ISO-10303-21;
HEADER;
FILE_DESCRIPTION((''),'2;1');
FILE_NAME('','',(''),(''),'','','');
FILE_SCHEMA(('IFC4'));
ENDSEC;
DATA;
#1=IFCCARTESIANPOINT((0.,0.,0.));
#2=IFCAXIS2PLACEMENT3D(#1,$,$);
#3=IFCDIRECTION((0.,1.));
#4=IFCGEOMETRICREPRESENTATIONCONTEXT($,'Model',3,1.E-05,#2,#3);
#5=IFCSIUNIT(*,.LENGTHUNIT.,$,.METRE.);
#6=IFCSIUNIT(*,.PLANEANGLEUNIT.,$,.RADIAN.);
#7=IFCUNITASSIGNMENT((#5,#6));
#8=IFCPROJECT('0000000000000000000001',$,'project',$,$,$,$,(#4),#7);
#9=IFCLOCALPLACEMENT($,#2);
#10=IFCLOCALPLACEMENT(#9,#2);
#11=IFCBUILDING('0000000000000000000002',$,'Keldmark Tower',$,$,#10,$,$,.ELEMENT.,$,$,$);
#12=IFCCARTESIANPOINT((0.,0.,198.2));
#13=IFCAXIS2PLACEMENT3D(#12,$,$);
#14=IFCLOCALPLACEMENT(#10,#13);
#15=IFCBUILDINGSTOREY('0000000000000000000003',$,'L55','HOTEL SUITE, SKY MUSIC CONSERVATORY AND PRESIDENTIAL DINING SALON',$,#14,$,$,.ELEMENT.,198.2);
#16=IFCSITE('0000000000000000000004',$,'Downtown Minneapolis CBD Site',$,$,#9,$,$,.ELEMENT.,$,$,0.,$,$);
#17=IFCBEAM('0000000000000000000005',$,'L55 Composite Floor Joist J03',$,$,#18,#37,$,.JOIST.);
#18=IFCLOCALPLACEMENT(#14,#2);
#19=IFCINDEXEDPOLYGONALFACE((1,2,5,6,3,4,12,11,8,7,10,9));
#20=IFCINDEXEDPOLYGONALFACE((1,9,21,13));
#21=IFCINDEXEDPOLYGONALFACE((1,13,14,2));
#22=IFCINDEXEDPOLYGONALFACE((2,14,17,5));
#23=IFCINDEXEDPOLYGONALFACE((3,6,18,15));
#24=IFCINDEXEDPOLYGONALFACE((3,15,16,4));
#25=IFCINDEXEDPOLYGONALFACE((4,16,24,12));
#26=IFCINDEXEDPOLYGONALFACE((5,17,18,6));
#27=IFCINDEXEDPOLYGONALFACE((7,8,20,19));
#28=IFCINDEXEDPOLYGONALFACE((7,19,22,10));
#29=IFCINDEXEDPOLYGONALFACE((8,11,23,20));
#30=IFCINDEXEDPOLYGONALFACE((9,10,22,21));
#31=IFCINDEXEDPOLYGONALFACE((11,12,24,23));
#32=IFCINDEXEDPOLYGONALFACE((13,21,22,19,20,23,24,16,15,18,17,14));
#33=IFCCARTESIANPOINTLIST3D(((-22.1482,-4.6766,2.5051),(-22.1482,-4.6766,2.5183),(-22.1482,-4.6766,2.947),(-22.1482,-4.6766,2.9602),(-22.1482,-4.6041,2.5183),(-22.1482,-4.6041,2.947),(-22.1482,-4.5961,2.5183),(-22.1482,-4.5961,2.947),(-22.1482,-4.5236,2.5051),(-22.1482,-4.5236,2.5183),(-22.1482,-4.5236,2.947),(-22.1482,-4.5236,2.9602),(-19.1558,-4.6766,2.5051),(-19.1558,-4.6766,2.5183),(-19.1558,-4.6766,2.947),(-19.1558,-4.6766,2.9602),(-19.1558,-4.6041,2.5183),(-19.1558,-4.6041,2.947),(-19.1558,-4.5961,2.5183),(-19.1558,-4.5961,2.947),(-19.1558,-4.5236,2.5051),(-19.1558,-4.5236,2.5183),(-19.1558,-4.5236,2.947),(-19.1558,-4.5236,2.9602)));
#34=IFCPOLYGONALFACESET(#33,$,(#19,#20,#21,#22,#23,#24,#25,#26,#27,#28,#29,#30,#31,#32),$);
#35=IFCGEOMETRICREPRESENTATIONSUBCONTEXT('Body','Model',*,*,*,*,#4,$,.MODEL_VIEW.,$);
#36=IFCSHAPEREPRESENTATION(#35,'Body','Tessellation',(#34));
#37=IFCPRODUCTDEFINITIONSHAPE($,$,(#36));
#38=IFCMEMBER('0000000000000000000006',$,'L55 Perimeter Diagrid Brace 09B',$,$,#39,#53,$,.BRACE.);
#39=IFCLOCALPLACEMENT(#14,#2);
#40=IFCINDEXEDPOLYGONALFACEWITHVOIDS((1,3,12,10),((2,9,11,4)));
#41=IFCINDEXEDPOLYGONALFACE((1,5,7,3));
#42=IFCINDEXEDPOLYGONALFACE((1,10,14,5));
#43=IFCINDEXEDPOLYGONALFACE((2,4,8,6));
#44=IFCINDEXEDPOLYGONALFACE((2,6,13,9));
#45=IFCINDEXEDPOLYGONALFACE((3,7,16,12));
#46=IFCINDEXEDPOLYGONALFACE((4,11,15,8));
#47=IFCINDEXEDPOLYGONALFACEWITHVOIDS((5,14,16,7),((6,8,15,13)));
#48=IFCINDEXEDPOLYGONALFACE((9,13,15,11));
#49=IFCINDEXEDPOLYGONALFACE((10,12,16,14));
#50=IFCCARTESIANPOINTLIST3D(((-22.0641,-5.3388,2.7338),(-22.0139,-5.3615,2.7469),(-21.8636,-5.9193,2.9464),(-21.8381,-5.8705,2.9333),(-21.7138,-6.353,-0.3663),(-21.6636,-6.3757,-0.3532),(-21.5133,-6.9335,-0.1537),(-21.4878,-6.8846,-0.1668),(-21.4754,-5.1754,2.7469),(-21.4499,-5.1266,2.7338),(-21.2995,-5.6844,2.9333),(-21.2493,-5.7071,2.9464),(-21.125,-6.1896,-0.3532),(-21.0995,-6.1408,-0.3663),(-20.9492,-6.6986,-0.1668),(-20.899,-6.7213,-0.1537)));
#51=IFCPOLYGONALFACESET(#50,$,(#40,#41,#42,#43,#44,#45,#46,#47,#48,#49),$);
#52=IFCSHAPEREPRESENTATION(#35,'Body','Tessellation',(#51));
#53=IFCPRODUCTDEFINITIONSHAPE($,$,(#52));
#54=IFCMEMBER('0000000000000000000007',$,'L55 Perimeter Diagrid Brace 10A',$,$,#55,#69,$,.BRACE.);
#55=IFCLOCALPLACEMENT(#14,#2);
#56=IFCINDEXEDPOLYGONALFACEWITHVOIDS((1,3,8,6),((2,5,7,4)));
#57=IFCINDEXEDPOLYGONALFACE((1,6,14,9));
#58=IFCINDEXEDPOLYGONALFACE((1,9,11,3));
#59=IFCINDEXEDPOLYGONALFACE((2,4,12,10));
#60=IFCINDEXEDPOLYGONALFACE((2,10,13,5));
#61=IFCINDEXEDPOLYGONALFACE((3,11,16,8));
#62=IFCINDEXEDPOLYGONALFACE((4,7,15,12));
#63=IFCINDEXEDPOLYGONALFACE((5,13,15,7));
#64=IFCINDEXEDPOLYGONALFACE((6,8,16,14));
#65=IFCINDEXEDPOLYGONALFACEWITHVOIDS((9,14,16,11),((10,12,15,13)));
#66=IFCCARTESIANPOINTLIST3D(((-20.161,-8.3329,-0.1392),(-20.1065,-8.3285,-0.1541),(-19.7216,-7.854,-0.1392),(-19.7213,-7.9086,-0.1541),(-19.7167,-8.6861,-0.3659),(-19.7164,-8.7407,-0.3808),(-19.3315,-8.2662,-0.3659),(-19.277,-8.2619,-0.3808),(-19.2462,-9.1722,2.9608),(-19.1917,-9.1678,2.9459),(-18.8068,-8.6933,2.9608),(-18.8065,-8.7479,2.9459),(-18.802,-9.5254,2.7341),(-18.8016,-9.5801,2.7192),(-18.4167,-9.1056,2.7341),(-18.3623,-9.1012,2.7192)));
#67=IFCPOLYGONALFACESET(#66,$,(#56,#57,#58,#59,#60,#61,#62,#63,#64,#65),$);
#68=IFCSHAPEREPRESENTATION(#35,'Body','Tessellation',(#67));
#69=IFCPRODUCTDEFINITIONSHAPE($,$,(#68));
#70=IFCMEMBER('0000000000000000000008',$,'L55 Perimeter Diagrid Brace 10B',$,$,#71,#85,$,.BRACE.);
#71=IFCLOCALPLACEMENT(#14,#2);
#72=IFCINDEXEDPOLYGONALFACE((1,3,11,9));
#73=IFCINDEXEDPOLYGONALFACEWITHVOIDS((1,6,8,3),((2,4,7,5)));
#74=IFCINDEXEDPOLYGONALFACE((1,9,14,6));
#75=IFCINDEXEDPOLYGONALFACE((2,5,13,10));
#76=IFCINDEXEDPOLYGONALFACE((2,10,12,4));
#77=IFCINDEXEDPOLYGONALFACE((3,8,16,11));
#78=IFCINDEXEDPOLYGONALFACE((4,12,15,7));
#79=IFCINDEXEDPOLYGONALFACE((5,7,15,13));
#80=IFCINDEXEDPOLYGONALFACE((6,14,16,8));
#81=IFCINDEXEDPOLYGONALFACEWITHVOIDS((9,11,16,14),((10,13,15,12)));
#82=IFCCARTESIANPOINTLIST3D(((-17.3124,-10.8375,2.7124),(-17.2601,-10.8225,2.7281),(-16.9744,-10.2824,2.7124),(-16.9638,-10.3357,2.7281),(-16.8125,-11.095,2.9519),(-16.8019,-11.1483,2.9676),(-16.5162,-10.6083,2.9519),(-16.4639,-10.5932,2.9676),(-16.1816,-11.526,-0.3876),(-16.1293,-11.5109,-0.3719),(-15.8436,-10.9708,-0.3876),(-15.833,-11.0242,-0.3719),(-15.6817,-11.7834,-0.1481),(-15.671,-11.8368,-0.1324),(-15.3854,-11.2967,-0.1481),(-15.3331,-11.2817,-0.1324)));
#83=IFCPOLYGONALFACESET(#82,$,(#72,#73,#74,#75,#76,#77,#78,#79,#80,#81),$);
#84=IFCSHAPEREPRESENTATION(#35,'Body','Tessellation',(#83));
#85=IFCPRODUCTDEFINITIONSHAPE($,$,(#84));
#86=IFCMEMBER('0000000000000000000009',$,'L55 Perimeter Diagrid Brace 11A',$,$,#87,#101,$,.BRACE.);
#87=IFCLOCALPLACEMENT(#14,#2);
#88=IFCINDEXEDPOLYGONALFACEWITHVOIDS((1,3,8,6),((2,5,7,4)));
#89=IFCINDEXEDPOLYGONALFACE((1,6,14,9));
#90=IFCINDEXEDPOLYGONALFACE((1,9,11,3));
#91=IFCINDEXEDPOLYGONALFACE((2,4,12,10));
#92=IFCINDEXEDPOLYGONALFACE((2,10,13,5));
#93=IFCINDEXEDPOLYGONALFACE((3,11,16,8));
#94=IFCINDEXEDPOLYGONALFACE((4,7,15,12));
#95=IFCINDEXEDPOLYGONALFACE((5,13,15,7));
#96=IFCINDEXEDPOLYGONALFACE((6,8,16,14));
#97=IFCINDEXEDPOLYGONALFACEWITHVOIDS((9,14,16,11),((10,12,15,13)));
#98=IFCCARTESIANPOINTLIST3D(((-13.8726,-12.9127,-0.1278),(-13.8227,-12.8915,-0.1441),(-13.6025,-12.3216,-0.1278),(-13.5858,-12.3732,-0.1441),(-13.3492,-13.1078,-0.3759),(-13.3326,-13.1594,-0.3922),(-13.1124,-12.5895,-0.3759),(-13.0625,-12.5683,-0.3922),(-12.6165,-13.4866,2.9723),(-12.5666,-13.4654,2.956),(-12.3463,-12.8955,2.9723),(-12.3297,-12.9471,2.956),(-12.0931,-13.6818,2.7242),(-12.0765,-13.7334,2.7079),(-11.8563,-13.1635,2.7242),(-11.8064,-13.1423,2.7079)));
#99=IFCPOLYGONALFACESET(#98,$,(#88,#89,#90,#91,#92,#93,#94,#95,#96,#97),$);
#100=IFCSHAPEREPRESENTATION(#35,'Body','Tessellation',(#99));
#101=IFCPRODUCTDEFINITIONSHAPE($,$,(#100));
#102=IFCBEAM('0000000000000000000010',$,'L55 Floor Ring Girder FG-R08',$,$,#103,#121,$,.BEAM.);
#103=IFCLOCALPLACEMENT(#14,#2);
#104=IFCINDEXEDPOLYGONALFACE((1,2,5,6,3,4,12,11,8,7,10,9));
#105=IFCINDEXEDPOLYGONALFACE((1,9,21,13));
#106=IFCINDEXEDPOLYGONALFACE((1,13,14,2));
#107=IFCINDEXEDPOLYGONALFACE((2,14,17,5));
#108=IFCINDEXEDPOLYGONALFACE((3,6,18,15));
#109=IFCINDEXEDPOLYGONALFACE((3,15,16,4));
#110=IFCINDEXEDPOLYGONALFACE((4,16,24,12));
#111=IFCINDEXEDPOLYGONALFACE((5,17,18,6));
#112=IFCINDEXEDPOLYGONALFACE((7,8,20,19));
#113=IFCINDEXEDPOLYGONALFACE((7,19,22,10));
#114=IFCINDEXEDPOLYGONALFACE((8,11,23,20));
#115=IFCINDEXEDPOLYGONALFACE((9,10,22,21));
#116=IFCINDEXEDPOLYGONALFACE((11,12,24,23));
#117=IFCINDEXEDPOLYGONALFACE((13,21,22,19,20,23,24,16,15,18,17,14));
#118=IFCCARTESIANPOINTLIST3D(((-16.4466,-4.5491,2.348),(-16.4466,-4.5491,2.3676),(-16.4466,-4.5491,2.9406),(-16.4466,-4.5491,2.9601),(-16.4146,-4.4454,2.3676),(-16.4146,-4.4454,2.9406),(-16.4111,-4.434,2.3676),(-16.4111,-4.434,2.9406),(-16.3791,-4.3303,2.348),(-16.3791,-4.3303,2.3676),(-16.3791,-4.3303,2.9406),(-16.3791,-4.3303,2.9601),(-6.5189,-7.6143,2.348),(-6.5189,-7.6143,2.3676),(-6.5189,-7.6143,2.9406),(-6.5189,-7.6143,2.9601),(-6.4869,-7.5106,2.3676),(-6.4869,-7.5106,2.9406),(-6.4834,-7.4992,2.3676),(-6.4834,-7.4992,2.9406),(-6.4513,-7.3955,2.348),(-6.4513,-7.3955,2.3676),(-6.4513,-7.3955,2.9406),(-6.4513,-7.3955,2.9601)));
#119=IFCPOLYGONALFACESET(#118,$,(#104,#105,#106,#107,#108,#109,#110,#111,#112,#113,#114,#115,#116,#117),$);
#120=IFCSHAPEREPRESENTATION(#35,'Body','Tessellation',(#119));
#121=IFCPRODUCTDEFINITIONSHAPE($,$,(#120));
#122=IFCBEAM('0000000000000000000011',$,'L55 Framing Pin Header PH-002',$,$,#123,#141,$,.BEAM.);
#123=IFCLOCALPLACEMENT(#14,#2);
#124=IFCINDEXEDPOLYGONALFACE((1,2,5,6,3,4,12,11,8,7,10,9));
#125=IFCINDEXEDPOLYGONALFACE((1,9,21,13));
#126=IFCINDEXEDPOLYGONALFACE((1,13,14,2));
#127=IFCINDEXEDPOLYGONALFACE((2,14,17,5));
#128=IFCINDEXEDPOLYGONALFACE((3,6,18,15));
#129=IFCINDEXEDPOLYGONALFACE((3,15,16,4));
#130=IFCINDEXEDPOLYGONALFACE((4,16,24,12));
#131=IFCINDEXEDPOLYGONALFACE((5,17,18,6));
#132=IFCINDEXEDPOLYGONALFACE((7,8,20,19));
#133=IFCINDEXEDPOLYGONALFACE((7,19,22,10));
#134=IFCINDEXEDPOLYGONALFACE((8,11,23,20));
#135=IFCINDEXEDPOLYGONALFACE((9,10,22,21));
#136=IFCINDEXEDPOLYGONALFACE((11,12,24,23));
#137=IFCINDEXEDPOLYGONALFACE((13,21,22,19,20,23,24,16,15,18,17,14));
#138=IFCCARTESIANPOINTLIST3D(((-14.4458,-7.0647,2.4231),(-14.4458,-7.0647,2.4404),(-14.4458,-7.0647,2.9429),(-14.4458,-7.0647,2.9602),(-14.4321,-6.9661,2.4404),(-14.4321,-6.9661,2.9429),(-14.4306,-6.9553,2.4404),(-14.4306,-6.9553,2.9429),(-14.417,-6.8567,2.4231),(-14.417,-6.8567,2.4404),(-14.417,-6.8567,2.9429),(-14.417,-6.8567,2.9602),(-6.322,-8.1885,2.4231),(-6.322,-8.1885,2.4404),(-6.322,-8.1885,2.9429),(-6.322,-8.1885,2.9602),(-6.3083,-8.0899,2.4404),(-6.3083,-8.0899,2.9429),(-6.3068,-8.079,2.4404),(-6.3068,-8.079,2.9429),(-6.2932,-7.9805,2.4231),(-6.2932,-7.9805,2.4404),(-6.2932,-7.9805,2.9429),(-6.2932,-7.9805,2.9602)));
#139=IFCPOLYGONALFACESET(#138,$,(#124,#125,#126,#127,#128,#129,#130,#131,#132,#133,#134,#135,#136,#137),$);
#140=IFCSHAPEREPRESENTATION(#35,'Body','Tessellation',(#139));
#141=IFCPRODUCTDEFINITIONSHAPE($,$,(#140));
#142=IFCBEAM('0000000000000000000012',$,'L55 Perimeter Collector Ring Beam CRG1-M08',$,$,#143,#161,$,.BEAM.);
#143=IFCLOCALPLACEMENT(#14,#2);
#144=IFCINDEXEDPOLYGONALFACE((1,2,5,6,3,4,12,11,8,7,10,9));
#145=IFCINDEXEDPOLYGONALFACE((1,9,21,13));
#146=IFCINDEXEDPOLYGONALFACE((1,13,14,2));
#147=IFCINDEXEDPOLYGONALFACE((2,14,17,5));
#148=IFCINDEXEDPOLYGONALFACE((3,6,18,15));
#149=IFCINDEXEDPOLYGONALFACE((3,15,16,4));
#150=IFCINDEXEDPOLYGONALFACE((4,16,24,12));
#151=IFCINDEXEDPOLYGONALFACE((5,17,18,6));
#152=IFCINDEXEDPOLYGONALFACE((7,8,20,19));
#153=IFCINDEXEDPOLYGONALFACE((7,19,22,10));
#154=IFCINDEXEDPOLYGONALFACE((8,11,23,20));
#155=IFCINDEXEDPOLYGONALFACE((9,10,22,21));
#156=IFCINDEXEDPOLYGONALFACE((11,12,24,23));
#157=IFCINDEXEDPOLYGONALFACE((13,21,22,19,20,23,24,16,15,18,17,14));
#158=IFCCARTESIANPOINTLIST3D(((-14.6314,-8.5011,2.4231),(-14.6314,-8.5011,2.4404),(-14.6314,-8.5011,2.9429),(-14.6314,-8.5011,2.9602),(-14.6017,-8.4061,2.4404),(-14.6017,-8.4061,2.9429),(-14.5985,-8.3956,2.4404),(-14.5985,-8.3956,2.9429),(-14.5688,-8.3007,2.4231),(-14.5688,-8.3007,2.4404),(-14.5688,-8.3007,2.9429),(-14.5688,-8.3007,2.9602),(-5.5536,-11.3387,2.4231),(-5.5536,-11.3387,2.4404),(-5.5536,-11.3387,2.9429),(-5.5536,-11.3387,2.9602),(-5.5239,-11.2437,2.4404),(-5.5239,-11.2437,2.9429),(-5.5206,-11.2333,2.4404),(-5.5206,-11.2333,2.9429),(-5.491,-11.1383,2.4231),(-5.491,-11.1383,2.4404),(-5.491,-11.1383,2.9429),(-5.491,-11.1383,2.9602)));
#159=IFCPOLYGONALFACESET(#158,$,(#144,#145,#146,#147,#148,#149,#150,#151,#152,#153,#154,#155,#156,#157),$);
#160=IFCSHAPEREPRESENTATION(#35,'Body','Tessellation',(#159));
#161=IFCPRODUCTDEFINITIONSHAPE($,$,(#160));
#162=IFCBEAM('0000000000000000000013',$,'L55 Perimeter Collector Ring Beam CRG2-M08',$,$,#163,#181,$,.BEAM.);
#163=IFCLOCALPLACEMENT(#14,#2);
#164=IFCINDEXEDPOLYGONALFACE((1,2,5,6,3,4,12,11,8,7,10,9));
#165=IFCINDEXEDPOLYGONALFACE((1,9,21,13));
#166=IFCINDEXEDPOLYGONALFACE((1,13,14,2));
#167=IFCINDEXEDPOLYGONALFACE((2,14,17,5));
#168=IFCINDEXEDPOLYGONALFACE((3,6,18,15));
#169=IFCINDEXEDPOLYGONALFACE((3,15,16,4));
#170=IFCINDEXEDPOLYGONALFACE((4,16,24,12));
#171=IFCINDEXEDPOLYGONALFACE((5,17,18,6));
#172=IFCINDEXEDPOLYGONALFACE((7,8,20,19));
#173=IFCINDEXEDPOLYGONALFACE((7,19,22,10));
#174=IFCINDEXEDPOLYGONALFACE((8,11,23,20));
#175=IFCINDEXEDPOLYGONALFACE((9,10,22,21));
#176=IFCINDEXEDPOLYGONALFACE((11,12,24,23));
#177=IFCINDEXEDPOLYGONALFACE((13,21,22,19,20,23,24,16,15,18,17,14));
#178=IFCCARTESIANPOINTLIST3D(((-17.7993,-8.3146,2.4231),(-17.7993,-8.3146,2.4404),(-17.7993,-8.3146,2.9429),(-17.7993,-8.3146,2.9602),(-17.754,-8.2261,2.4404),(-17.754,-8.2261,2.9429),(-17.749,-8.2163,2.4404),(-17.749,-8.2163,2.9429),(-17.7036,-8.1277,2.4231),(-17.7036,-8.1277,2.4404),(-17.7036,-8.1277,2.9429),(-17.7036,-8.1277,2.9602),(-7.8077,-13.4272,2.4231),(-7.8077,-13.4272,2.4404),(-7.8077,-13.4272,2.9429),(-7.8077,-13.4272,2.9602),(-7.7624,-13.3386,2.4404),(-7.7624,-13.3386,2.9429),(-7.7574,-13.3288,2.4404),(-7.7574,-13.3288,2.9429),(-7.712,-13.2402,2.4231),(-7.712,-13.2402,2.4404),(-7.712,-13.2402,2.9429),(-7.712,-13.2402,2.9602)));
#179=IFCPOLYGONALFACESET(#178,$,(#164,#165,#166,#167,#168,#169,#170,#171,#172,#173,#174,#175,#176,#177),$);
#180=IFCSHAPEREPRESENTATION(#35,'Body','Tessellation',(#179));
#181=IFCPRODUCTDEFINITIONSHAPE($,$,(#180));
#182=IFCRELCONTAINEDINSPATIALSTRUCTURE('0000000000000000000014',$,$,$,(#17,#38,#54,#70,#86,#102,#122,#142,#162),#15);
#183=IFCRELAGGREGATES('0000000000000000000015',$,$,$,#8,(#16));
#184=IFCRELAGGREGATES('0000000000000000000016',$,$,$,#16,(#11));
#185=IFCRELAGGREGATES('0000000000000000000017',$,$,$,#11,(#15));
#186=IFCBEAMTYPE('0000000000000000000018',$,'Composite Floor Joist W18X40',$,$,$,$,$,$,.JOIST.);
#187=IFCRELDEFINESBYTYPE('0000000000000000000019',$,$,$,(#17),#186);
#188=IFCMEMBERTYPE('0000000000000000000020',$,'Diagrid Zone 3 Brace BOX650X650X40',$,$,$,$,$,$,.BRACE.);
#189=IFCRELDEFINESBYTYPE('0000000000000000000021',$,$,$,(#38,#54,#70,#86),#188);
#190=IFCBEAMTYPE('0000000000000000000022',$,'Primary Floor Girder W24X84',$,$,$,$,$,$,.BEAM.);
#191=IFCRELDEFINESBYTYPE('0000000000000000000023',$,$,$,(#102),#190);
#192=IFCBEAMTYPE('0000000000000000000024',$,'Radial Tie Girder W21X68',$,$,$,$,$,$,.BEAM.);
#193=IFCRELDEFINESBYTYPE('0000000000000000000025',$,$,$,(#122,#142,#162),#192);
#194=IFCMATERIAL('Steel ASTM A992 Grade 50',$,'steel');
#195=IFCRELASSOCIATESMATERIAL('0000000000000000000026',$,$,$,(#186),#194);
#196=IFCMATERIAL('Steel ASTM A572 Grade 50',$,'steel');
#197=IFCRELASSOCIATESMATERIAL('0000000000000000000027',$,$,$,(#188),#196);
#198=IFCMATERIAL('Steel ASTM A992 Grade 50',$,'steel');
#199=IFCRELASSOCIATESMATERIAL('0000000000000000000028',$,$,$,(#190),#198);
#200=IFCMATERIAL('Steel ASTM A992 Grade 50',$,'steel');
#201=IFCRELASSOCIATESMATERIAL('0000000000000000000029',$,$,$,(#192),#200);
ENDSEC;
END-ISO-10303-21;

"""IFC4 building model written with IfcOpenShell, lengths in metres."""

from ifc_helpers import new_model, si_unit, direction, frame, origin, origin_2d, place, context, subcontext, project, spatial, hollow_rectangle, i_section, extrude, material, material_profile, profile_set, type_object, element, save


model = new_model("IFC4")

# Units and contexts
model_context = context("Model", 3, precision=1e-05, world=origin(), true_north=direction((0.0, 1.0)))
body_context = subcontext(model_context, "Body", "Model", "MODEL_VIEW")
ifc_project = project(units=[si_unit("LENGTHUNIT", "METRE"), si_unit("PLANEANGLEUNIT", "RADIAN")], contexts=[model_context])

# Site, building, storey
site_placement = place(None, origin())
site = spatial("IfcSite", under=ifc_project, at=site_placement, Name="Downtown Minneapolis CBD Site", CompositionType="ELEMENT", RefElevation=0.0)
building_placement = place(site_placement, origin())
building = spatial("IfcBuilding", under=site, at=building_placement, Name="Keldmark Tower", CompositionType="ELEMENT")
storey_placement = place(building_placement, frame((0.0, 0.0, 198.2)))
storey = spatial("IfcBuildingStorey", under=building, at=storey_placement, Name="L55", Description="HOTEL SUITE, SKY MUSIC CONSERVATORY AND PRESIDENTIAL DINING SALON", CompositionType="ELEMENT", Elevation=198.2)

# Beam
ifc_material_1 = material(Name="Steel ASTM A992 Grade 50", Category="steel")
ifc_material_profile_1 = material_profile(ifc_material_1, i_section(OverallWidth=0.1531, OverallDepth=0.4551, WebThickness=0.0081, FlangeThickness=0.0132, at=origin_2d()), Name="W18X40")
ifc_profile_set_1 = profile_set([ifc_material_profile_1], Name="Steel ASTM A992 Grade 50")
beam_type_1 = type_object("IfcBeamType", Name="Composite Floor Joist W18X40", PredefinedType="JOIST", material=ifc_profile_set_1)
beam_1_placement = place(storey_placement, frame((-22.1482, -4.6001, 2.7327), z_axis=(1.0, 0.0, 0.0), x_axis=(0.0, 1.0, 0.0)))
element("IfcBeam", 1, at=beam_1_placement, inside=storey, type_object=beam_type_1, Name="L55 Composite Floor Joist J03", PredefinedType="JOIST", context=body_context, shape_type="SweptSolid", body=[
    extrude(i_section(OverallWidth=0.1531, OverallDepth=0.4551, WebThickness=0.0081, FlangeThickness=0.0132, at=origin_2d()), origin(), (0.0, 0.0, 1.0), 2.9924),
])

# Members
ifc_material_2 = material(Name="Steel ASTM A572 Grade 50", Category="steel")
ifc_material_profile_2 = material_profile(ifc_material_2, hollow_rectangle(XDim=0.6499, YDim=0.6499, WallThickness=0.04, at=origin_2d()), Name="BOX650X650X40")
ifc_profile_set_2 = profile_set([ifc_material_profile_2], Name="Steel ASTM A572 Grade 50")
member_type = type_object("IfcMemberType", Name="Diagrid Zone 3 Brace BOX650X650X40", PredefinedType="BRACE", material=ifc_profile_set_2)
member_1_placement = place(storey_placement, frame((-21.3064, -6.5371, -0.26), z_axis=(-0.106794, 0.309145, 0.945), x_axis=(-0.945191, -0.326517, 0.0)))
element("IfcMember", 2, at=member_1_placement, inside=storey, type_object=member_type, Name="L55 Perimeter Diagrid Brace 09B", PredefinedType="BRACE", context=body_context, shape_type="SweptSolid", body=[
    extrude(hollow_rectangle(XDim=0.6499, YDim=0.6499, WallThickness=0.04, at=origin_2d()), origin(), (0.0, 0.0, 1.0), 3.2805),
])
member_2_placement = place(storey_placement, frame((-19.719, -8.2974, -0.26), z_axis=(0.273935, -0.251345, 0.928324), x_axis=(0.676072, 0.736836, 0.0)))
element("IfcMember", 3, at=member_2_placement, inside=storey, type_object=member_type, Name="L55 Perimeter Diagrid Brace 10A", PredefinedType="BRACE", context=body_context, shape_type="SweptSolid", body=[
    extrude(hollow_rectangle(XDim=0.6499, YDim=0.6499, WallThickness=0.04, at=origin_2d()), origin(), (0.0, 0.0, 1.0), 3.3394),
])
member_3_placement = place(storey_placement, frame((-15.7573, -11.4038, -0.26), z_axis=(-0.33547, 0.204237, 0.919645), x_axis=(-0.520017, -0.854156, 0.0)))
element("IfcMember", 4, at=member_3_placement, inside=storey, type_object=member_type, Name="L55 Perimeter Diagrid Brace 10B", PredefinedType="BRACE", context=body_context, shape_type="SweptSolid", body=[
    extrude(hollow_rectangle(XDim=0.6499, YDim=0.6499, WallThickness=0.04, at=origin_2d()), origin(), (0.0, 0.0, 1.0), 3.3708),
])
member_4_placement = place(storey_placement, frame((-13.4675, -12.7405, -0.26), z_axis=(0.370118, -0.169125, 0.91346), x_axis=(0.415614, 0.909541, 0.0)))
element("IfcMember", 5, at=member_4_placement, inside=storey, type_object=member_type, Name="L55 Perimeter Diagrid Brace 11A", PredefinedType="BRACE", context=body_context, shape_type="SweptSolid", body=[
    extrude(hollow_rectangle(XDim=0.6499, YDim=0.6499, WallThickness=0.04, at=origin_2d()), origin(), (0.0, 0.0, 1.0), 3.3938),
])

# Beams
ifc_material_3 = material(Name="Steel ASTM A992 Grade 50", Category="steel")
ifc_material_profile_3 = material_profile(ifc_material_3, i_section(OverallWidth=0.229, OverallDepth=0.6121, WebThickness=0.012, FlangeThickness=0.0195, at=origin_2d()), Name="W24X84")
ifc_profile_set_3 = profile_set([ifc_material_profile_3], Name="Steel ASTM A992 Grade 50")
beam_type_2 = type_object("IfcBeamType", Name="Primary Floor Girder W24X84", PredefinedType="BEAM", material=ifc_profile_set_3)
beam_2_placement = place(storey_placement, frame((-16.4128, -4.4397, 2.6541), z_axis=(0.955495, -0.295009, 0.0), x_axis=(0.295009, 0.955495, 0.0)))
element("IfcBeam", 6, at=beam_2_placement, inside=storey, type_object=beam_type_2, Name="L55 Floor Ring Girder FG-R08", PredefinedType="BEAM", context=body_context, shape_type="SweptSolid", body=[
    extrude(i_section(OverallWidth=0.229, OverallDepth=0.6121, WebThickness=0.012, FlangeThickness=0.0195, at=origin_2d()), origin(), (0.0, 0.0, 1.0), 10.3901),
])
ifc_material_4 = material(Name="Steel ASTM A992 Grade 50", Category="steel")
ifc_material_profile_4 = material_profile(ifc_material_4, i_section(OverallWidth=0.21, OverallDepth=0.5371, WebThickness=0.011, FlangeThickness=0.0173, at=origin_2d()), Name="W21X68")
ifc_profile_set_4 = profile_set([ifc_material_profile_4], Name="Steel ASTM A992 Grade 50")
beam_type_3 = type_object("IfcBeamType", Name="Radial Tie Girder W21X68", PredefinedType="BEAM", material=ifc_profile_set_4)
beam_3_placement = place(storey_placement, frame((-14.4314, -6.9607, 2.6917), z_axis=(0.990567, -0.137027, 0.0), x_axis=(0.137027, 0.990567, 0.0)))
element("IfcBeam", 7, at=beam_3_placement, inside=storey, type_object=beam_type_3, Name="L55 Framing Pin Header PH-002", PredefinedType="BEAM", context=body_context, shape_type="SweptSolid", body=[
    extrude(i_section(OverallWidth=0.21, OverallDepth=0.5371, WebThickness=0.011, FlangeThickness=0.0173, at=origin_2d()), origin(), (0.0, 0.0, 1.0), 8.2012),
])
beam_4_placement = place(storey_placement, frame((-14.6001, -8.4009, 2.6917), z_axis=(0.954456, -0.298352, 0.0), x_axis=(0.298352, 0.954456, 0.0)))
element("IfcBeam", 8, at=beam_4_placement, inside=storey, type_object=beam_type_3, Name="L55 Perimeter Collector Ring Beam CRG1-M08", PredefinedType="BEAM", context=body_context, shape_type="SweptSolid", body=[
    extrude(i_section(OverallWidth=0.21, OverallDepth=0.5371, WebThickness=0.011, FlangeThickness=0.0173, at=origin_2d()), origin(), (0.0, 0.0, 1.0), 9.511),
])
beam_5_placement = place(storey_placement, frame((-17.7515, -8.2212, 2.6917), z_axis=(0.890229, -0.455512, 0.0), x_axis=(0.455512, 0.890229, 0.0)))
element("IfcBeam", 9, at=beam_5_placement, inside=storey, type_object=beam_type_3, Name="L55 Perimeter Collector Ring Beam CRG2-M08", PredefinedType="BEAM", context=body_context, shape_type="SweptSolid", body=[
    extrude(i_section(OverallWidth=0.21, OverallDepth=0.5371, WebThickness=0.011, FlangeThickness=0.0173, at=origin_2d()), origin(), (0.0, 0.0, 1.0), 11.2236),
])

save(model, "model.ifc")
